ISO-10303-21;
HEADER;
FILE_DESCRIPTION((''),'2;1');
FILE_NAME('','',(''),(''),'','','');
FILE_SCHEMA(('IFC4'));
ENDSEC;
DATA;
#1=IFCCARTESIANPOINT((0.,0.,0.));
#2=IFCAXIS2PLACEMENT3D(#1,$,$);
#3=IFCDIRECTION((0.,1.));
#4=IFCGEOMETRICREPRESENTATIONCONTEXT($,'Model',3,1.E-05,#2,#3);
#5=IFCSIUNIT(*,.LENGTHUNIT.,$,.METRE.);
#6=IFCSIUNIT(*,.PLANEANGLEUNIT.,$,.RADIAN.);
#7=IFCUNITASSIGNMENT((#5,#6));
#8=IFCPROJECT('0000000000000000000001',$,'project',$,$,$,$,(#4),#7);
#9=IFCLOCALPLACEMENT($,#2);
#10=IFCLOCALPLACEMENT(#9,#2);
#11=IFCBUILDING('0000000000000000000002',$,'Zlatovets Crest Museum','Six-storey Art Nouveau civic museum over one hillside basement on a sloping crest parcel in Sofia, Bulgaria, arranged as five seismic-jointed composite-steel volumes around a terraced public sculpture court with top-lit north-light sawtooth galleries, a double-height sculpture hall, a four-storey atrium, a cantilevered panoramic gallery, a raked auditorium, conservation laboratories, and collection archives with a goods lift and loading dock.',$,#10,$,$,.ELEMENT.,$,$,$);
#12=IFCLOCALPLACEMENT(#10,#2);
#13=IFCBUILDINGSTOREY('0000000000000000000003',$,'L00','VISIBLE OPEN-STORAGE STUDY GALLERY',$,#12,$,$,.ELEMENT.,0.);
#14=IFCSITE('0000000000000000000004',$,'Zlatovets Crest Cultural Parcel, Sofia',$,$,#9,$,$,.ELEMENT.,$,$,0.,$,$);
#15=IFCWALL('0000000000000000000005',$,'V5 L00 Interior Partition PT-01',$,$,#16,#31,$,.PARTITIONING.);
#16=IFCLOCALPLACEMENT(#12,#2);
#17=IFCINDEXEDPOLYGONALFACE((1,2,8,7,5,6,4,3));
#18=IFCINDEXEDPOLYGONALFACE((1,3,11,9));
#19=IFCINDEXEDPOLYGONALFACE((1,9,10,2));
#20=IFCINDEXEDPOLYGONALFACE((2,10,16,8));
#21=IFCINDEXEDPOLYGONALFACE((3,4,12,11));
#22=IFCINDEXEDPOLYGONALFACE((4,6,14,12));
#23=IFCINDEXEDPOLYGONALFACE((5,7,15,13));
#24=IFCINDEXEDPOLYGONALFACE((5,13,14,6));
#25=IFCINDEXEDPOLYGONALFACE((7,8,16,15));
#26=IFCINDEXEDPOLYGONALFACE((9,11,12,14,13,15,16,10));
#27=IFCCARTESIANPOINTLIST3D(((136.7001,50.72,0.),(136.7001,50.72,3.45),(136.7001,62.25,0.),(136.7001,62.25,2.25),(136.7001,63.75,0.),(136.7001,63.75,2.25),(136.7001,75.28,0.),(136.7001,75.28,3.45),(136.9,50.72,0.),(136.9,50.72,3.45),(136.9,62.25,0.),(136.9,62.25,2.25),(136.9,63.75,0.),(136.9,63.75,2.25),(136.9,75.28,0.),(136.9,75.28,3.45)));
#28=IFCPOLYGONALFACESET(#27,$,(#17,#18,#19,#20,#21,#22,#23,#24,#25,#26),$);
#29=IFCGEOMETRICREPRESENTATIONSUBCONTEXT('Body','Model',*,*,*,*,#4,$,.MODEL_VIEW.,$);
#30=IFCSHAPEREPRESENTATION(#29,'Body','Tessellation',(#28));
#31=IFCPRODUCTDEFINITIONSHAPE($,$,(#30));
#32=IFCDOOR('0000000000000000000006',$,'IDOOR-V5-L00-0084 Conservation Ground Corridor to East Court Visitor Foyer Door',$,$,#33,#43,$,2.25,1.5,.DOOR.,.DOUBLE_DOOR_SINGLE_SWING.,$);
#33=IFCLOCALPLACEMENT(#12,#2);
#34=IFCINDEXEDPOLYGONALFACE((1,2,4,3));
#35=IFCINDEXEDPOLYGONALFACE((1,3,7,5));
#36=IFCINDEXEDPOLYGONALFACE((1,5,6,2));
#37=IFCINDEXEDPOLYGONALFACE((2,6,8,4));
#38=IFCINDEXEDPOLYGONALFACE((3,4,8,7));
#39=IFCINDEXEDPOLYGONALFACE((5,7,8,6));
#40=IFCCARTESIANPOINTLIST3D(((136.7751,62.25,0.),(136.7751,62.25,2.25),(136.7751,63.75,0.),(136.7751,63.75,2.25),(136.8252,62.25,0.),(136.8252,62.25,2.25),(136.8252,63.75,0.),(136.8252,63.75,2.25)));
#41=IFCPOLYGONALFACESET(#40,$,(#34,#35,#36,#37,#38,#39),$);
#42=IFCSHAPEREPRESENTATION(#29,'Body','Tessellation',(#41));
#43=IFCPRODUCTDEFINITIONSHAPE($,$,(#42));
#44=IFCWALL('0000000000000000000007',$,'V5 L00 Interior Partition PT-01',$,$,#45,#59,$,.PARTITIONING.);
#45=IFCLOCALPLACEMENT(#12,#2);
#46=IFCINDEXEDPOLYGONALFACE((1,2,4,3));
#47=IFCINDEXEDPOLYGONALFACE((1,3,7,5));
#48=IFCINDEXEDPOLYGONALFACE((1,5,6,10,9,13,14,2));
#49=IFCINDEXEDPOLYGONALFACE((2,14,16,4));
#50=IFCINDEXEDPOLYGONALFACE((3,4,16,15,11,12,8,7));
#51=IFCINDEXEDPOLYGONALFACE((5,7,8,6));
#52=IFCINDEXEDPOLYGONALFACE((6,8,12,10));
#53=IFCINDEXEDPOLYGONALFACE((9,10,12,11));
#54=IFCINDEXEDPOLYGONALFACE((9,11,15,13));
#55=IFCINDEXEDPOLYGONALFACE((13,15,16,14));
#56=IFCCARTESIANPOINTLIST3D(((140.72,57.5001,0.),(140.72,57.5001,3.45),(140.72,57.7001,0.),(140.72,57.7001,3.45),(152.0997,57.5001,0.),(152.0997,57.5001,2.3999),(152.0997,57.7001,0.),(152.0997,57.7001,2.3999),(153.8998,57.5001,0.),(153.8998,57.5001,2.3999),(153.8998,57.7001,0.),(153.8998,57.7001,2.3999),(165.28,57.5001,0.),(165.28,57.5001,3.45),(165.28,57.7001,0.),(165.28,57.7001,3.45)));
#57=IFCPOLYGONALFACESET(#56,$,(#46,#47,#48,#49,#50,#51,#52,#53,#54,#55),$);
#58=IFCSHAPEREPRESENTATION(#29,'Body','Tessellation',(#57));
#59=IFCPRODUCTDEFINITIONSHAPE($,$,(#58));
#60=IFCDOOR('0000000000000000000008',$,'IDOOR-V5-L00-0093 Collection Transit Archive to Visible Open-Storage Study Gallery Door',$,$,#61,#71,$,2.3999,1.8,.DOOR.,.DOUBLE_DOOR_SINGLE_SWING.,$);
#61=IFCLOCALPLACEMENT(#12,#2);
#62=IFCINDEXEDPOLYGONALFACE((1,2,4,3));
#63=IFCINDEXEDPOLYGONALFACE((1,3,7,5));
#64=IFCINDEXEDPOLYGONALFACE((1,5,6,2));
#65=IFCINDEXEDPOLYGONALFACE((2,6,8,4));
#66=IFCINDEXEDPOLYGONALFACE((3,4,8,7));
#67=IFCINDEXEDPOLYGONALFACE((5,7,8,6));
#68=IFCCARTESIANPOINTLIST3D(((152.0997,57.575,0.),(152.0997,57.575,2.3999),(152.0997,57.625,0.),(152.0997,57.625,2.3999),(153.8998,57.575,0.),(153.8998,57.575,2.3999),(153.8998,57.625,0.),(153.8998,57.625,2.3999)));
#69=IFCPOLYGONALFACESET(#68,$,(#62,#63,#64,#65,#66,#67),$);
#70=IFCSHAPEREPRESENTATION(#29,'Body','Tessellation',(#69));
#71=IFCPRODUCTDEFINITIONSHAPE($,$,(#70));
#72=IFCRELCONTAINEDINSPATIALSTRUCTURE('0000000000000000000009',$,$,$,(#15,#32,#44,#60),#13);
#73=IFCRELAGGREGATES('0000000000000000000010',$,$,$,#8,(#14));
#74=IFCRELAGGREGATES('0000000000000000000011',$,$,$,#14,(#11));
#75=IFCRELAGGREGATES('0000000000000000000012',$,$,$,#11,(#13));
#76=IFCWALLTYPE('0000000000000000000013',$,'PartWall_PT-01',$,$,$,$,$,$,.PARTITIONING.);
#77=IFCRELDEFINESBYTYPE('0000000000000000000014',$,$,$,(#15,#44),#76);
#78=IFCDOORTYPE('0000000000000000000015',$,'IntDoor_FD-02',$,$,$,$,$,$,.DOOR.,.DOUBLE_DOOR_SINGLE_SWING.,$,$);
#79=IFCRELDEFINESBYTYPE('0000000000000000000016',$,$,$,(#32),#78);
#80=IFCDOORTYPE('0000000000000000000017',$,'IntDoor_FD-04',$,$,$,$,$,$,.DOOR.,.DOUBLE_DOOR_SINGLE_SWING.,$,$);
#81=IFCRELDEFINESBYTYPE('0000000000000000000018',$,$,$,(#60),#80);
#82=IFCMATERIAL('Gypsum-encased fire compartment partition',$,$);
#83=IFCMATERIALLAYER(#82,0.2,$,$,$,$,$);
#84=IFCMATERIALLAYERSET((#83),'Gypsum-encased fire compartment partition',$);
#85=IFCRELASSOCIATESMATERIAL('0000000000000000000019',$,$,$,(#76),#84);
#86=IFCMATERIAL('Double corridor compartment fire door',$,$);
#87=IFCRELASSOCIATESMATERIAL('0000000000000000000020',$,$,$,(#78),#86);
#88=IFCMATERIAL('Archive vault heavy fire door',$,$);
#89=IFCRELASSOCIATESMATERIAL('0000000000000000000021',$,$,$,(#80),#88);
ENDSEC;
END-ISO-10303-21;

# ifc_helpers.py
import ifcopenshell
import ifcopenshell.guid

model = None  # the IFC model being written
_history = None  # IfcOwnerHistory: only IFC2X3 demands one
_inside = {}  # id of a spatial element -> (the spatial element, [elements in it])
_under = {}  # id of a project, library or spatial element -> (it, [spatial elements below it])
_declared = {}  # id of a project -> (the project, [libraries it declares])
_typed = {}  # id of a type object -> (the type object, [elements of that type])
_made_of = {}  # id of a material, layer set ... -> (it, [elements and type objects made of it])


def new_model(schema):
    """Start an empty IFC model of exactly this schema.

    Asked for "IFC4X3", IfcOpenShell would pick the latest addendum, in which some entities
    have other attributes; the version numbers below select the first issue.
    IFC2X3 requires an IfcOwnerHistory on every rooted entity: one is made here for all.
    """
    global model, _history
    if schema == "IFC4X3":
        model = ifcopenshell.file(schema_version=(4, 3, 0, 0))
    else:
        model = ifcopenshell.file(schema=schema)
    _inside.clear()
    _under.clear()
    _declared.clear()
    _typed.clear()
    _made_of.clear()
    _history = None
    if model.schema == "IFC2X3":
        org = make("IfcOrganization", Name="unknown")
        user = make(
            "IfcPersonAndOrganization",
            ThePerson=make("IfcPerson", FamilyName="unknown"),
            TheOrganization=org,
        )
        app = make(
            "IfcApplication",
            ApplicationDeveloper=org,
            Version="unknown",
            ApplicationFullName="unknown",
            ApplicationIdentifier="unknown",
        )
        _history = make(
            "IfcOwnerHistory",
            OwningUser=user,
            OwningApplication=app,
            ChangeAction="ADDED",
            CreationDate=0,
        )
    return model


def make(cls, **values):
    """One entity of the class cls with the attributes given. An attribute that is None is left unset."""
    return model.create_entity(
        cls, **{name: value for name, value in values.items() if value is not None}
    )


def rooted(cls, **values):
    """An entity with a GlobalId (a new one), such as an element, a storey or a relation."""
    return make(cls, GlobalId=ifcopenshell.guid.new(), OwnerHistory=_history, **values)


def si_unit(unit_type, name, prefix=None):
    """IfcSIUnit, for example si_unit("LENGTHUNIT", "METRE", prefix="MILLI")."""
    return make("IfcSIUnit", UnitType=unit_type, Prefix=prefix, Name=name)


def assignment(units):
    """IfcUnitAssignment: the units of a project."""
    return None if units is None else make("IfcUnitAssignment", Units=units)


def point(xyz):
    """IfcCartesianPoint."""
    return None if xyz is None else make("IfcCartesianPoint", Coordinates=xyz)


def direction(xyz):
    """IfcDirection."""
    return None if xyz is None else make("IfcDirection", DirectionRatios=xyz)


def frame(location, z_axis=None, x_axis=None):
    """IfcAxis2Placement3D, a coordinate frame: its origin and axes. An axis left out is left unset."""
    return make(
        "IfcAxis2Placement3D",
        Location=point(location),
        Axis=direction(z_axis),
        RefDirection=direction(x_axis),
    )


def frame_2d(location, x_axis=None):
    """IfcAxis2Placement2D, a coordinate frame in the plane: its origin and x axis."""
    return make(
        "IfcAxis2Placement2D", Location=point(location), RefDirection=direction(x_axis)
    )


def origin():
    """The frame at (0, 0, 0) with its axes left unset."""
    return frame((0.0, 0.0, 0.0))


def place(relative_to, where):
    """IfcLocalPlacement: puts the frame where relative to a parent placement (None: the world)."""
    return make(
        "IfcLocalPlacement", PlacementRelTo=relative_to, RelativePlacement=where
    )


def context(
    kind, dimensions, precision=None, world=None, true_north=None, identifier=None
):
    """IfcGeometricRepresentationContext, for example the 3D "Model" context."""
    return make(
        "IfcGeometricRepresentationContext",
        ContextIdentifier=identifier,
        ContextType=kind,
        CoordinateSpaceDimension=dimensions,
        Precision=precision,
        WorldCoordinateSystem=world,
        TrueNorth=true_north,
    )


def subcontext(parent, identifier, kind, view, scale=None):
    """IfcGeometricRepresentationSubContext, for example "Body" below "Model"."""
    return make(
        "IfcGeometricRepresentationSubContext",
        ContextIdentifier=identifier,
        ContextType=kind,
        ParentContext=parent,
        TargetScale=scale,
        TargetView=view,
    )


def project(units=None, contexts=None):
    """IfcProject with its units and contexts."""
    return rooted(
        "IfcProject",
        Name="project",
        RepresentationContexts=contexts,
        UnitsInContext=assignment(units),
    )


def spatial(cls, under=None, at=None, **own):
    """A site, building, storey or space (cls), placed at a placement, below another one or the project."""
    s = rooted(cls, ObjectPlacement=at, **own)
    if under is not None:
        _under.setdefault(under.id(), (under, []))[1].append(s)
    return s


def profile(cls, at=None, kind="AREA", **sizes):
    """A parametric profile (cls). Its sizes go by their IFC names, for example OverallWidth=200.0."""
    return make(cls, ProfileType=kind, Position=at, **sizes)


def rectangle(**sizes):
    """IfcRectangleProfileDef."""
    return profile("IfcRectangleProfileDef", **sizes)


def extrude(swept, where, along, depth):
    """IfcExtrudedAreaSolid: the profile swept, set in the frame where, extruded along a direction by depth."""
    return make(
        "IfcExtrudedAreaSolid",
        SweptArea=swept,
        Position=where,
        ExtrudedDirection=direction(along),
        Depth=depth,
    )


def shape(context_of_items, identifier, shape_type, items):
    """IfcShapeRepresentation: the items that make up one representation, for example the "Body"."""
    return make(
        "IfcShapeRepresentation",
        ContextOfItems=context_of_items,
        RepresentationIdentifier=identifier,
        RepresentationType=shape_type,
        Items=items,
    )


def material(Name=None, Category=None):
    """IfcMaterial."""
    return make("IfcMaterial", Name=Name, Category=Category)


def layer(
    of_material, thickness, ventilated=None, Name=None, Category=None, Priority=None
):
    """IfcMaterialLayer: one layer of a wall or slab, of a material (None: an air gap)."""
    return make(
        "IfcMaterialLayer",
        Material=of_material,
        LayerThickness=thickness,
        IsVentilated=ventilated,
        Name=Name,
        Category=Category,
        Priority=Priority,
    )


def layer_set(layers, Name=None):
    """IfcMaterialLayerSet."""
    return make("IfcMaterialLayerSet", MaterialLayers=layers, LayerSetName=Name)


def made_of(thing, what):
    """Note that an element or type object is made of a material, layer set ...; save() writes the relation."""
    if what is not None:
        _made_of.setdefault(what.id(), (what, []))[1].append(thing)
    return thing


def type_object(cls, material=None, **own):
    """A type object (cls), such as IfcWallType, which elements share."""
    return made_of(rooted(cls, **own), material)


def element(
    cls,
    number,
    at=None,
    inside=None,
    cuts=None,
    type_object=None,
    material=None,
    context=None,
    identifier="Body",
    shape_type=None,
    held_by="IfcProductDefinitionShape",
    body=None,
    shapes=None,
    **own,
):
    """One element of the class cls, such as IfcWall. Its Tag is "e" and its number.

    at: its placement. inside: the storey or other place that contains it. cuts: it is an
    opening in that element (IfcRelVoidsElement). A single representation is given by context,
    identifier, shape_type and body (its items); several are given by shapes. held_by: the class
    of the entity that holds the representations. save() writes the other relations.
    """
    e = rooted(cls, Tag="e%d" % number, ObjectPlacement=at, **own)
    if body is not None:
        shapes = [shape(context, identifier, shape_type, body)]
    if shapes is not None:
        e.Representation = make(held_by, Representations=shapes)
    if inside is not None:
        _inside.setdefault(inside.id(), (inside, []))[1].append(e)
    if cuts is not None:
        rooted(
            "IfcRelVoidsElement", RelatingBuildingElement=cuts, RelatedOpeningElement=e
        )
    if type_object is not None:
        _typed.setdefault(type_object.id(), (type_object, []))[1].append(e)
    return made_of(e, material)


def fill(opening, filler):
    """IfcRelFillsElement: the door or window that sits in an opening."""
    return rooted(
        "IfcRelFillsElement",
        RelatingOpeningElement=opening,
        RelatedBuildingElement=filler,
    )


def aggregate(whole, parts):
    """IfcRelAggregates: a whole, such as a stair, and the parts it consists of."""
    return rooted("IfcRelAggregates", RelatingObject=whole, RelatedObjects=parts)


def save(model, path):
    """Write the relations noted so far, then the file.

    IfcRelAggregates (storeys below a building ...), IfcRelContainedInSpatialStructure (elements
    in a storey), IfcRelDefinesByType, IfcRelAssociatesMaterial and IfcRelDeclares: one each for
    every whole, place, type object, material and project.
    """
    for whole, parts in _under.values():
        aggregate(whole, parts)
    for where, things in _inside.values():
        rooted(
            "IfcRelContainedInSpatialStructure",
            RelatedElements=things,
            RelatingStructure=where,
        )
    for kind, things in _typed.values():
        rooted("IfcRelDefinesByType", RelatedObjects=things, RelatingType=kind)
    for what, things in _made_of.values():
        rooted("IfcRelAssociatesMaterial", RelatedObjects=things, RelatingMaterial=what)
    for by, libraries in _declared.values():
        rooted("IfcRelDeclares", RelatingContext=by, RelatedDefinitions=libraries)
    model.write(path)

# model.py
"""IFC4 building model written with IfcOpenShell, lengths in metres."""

from ifc_helpers import new_model, si_unit, direction, frame, frame_2d, origin, place, context, subcontext, project, spatial, rectangle, extrude, material, layer, layer_set, type_object, element, fill, save


model = new_model("IFC4")

# Units and contexts
model_context = context("Model", 3, precision=1e-05, world=origin(), true_north=direction((0.0, 1.0)))
body_context = subcontext(model_context, "Body", "Model", "MODEL_VIEW")
ifc_project = project(units=[si_unit("LENGTHUNIT", "METRE"), si_unit("PLANEANGLEUNIT", "RADIAN")], contexts=[model_context])

# Site, building, storey
site_placement = place(None, origin())
site = spatial("IfcSite", under=ifc_project, at=site_placement, Name="Zlatovets Crest Cultural Parcel, Sofia", CompositionType="ELEMENT", RefElevation=0.0)
building_placement = place(site_placement, origin())
building = spatial("IfcBuilding", under=site, at=building_placement, Name="Zlatovets Crest Museum", Description="Six-storey Art Nouveau civic museum over one hillside basement on a sloping crest parcel in Sofia, Bulgaria, arranged as five seismic-jointed composite-steel volumes around a terraced public sculpture court with top-lit north-light sawtooth galleries, a double-height sculpture hall, a four-storey atrium, a cantilevered panoramic gallery, a raked auditorium, conservation laboratories, and collection archives with a goods lift and loading dock.", CompositionType="ELEMENT")
storey_placement = place(building_placement, origin())
storey = spatial("IfcBuildingStorey", under=building, at=storey_placement, Name="L00", Description="VISIBLE OPEN-STORAGE STUDY GALLERY", CompositionType="ELEMENT", Elevation=0.0)

# Walls, openings, doors
ifc_material_1 = material(Name="Gypsum-encased fire compartment partition")
ifc_layer = layer(ifc_material_1, 0.2)
ifc_layer_set = layer_set([ifc_layer], Name="Gypsum-encased fire compartment partition")
wall_type = type_object("IfcWallType", Name="PartWall_PT-01", PredefinedType="PARTITIONING", material=ifc_layer_set)
wall_1_placement = place(storey_placement, frame((136.8, 50.72, 0.0), z_axis=(0.0, 0.0, 1.0), x_axis=(0.0, 1.0, 0.0)))
wall_1 = element("IfcWall", 1, at=wall_1_placement, inside=storey, type_object=wall_type, Name="V5 L00 Interior Partition PT-01", PredefinedType="PARTITIONING", context=body_context, shape_type="SweptSolid", body=[
    extrude(rectangle(XDim=24.5601, YDim=0.2, at=frame_2d((12.28, 0.0))), origin(), (0.0, 0.0, 1.0), 3.45),
])
opening_1_placement = place(wall_1_placement, frame((11.53, 0.0, 0.0)))
opening_1 = element("IfcOpeningElement", 2, at=opening_1_placement, cuts=wall_1, PredefinedType="OPENING", context=body_context, shape_type="SweptSolid", body=[
    extrude(rectangle(XDim=1.5, YDim=2.25, at=frame_2d((0.75, 1.125))), frame((0.0, 0.1099, 0.0), z_axis=(0.0, -1.0, 0.0), x_axis=(1.0, 0.0, 0.0)), (0.0, 0.0, 1.0), 0.22),
])
ifc_material_2 = material(Name="Double corridor compartment fire door")
door_type_1 = type_object("IfcDoorType", Name="IntDoor_FD-02", OperationType="DOUBLE_DOOR_SINGLE_SWING", PredefinedType="DOOR", material=ifc_material_2)
door_1_placement = place(opening_1_placement, origin())
door_1 = element("IfcDoor", 3, at=door_1_placement, inside=storey, type_object=door_type_1, Name="IDOOR-V5-L00-0084 Conservation Ground Corridor to East Court Visitor Foyer Door", OperationType="DOUBLE_DOOR_SINGLE_SWING", OverallHeight=2.25, OverallWidth=1.5, PredefinedType="DOOR", context=body_context, shape_type="SweptSolid", body=[
    extrude(rectangle(XDim=1.5, YDim=2.25, at=frame_2d((0.75, 1.125))), frame((0.0, 0.0249, 0.0), z_axis=(0.0, -1.0, 0.0), x_axis=(1.0, 0.0, 0.0)), (0.0, 0.0, 1.0), 0.05),
])
fill(opening_1, door_1)
wall_2_placement = place(storey_placement, frame((140.72, 57.6001, 0.0), z_axis=(0.0, 0.0, 1.0), x_axis=(1.0, 0.0, 0.0)))
wall_2 = element("IfcWall", 4, at=wall_2_placement, inside=storey, type_object=wall_type, Name="V5 L00 Interior Partition PT-01", PredefinedType="PARTITIONING", context=body_context, shape_type="SweptSolid", body=[
    extrude(rectangle(XDim=24.5601, YDim=0.2, at=frame_2d((12.28, 0.0))), origin(), (0.0, 0.0, 1.0), 3.45),
])
opening_2_placement = place(wall_2_placement, frame((11.3799, 0.0, 0.0)))
opening_2 = element("IfcOpeningElement", 5, at=opening_2_placement, cuts=wall_2, PredefinedType="OPENING", context=body_context, shape_type="SweptSolid", body=[
    extrude(rectangle(XDim=1.8, YDim=2.3999, at=frame_2d((0.8999, 1.2))), frame((0.0, 0.1099, 0.0), z_axis=(0.0, -1.0, 0.0), x_axis=(1.0, 0.0, 0.0)), (0.0, 0.0, 1.0), 0.22),
])
ifc_material_3 = material(Name="Archive vault heavy fire door")
door_type_2 = type_object("IfcDoorType", Name="IntDoor_FD-04", OperationType="DOUBLE_DOOR_SINGLE_SWING", PredefinedType="DOOR", material=ifc_material_3)
door_2_placement = place(opening_2_placement, origin())
door_2 = element("IfcDoor", 6, at=door_2_placement, inside=storey, type_object=door_type_2, Name="IDOOR-V5-L00-0093 Collection Transit Archive to Visible Open-Storage Study Gallery Door", OperationType="DOUBLE_DOOR_SINGLE_SWING", OverallHeight=2.3999, OverallWidth=1.8, PredefinedType="DOOR", context=body_context, shape_type="SweptSolid", body=[
    extrude(rectangle(XDim=1.8, YDim=2.3999, at=frame_2d((0.8999, 1.2))), frame((0.0, 0.0249, 0.0), z_axis=(0.0, -1.0, 0.0), x_axis=(1.0, 0.0, 0.0)), (0.0, 0.0, 1.0), 0.05),
])
fill(opening_2, door_2)

save(model, "model.ifc")
